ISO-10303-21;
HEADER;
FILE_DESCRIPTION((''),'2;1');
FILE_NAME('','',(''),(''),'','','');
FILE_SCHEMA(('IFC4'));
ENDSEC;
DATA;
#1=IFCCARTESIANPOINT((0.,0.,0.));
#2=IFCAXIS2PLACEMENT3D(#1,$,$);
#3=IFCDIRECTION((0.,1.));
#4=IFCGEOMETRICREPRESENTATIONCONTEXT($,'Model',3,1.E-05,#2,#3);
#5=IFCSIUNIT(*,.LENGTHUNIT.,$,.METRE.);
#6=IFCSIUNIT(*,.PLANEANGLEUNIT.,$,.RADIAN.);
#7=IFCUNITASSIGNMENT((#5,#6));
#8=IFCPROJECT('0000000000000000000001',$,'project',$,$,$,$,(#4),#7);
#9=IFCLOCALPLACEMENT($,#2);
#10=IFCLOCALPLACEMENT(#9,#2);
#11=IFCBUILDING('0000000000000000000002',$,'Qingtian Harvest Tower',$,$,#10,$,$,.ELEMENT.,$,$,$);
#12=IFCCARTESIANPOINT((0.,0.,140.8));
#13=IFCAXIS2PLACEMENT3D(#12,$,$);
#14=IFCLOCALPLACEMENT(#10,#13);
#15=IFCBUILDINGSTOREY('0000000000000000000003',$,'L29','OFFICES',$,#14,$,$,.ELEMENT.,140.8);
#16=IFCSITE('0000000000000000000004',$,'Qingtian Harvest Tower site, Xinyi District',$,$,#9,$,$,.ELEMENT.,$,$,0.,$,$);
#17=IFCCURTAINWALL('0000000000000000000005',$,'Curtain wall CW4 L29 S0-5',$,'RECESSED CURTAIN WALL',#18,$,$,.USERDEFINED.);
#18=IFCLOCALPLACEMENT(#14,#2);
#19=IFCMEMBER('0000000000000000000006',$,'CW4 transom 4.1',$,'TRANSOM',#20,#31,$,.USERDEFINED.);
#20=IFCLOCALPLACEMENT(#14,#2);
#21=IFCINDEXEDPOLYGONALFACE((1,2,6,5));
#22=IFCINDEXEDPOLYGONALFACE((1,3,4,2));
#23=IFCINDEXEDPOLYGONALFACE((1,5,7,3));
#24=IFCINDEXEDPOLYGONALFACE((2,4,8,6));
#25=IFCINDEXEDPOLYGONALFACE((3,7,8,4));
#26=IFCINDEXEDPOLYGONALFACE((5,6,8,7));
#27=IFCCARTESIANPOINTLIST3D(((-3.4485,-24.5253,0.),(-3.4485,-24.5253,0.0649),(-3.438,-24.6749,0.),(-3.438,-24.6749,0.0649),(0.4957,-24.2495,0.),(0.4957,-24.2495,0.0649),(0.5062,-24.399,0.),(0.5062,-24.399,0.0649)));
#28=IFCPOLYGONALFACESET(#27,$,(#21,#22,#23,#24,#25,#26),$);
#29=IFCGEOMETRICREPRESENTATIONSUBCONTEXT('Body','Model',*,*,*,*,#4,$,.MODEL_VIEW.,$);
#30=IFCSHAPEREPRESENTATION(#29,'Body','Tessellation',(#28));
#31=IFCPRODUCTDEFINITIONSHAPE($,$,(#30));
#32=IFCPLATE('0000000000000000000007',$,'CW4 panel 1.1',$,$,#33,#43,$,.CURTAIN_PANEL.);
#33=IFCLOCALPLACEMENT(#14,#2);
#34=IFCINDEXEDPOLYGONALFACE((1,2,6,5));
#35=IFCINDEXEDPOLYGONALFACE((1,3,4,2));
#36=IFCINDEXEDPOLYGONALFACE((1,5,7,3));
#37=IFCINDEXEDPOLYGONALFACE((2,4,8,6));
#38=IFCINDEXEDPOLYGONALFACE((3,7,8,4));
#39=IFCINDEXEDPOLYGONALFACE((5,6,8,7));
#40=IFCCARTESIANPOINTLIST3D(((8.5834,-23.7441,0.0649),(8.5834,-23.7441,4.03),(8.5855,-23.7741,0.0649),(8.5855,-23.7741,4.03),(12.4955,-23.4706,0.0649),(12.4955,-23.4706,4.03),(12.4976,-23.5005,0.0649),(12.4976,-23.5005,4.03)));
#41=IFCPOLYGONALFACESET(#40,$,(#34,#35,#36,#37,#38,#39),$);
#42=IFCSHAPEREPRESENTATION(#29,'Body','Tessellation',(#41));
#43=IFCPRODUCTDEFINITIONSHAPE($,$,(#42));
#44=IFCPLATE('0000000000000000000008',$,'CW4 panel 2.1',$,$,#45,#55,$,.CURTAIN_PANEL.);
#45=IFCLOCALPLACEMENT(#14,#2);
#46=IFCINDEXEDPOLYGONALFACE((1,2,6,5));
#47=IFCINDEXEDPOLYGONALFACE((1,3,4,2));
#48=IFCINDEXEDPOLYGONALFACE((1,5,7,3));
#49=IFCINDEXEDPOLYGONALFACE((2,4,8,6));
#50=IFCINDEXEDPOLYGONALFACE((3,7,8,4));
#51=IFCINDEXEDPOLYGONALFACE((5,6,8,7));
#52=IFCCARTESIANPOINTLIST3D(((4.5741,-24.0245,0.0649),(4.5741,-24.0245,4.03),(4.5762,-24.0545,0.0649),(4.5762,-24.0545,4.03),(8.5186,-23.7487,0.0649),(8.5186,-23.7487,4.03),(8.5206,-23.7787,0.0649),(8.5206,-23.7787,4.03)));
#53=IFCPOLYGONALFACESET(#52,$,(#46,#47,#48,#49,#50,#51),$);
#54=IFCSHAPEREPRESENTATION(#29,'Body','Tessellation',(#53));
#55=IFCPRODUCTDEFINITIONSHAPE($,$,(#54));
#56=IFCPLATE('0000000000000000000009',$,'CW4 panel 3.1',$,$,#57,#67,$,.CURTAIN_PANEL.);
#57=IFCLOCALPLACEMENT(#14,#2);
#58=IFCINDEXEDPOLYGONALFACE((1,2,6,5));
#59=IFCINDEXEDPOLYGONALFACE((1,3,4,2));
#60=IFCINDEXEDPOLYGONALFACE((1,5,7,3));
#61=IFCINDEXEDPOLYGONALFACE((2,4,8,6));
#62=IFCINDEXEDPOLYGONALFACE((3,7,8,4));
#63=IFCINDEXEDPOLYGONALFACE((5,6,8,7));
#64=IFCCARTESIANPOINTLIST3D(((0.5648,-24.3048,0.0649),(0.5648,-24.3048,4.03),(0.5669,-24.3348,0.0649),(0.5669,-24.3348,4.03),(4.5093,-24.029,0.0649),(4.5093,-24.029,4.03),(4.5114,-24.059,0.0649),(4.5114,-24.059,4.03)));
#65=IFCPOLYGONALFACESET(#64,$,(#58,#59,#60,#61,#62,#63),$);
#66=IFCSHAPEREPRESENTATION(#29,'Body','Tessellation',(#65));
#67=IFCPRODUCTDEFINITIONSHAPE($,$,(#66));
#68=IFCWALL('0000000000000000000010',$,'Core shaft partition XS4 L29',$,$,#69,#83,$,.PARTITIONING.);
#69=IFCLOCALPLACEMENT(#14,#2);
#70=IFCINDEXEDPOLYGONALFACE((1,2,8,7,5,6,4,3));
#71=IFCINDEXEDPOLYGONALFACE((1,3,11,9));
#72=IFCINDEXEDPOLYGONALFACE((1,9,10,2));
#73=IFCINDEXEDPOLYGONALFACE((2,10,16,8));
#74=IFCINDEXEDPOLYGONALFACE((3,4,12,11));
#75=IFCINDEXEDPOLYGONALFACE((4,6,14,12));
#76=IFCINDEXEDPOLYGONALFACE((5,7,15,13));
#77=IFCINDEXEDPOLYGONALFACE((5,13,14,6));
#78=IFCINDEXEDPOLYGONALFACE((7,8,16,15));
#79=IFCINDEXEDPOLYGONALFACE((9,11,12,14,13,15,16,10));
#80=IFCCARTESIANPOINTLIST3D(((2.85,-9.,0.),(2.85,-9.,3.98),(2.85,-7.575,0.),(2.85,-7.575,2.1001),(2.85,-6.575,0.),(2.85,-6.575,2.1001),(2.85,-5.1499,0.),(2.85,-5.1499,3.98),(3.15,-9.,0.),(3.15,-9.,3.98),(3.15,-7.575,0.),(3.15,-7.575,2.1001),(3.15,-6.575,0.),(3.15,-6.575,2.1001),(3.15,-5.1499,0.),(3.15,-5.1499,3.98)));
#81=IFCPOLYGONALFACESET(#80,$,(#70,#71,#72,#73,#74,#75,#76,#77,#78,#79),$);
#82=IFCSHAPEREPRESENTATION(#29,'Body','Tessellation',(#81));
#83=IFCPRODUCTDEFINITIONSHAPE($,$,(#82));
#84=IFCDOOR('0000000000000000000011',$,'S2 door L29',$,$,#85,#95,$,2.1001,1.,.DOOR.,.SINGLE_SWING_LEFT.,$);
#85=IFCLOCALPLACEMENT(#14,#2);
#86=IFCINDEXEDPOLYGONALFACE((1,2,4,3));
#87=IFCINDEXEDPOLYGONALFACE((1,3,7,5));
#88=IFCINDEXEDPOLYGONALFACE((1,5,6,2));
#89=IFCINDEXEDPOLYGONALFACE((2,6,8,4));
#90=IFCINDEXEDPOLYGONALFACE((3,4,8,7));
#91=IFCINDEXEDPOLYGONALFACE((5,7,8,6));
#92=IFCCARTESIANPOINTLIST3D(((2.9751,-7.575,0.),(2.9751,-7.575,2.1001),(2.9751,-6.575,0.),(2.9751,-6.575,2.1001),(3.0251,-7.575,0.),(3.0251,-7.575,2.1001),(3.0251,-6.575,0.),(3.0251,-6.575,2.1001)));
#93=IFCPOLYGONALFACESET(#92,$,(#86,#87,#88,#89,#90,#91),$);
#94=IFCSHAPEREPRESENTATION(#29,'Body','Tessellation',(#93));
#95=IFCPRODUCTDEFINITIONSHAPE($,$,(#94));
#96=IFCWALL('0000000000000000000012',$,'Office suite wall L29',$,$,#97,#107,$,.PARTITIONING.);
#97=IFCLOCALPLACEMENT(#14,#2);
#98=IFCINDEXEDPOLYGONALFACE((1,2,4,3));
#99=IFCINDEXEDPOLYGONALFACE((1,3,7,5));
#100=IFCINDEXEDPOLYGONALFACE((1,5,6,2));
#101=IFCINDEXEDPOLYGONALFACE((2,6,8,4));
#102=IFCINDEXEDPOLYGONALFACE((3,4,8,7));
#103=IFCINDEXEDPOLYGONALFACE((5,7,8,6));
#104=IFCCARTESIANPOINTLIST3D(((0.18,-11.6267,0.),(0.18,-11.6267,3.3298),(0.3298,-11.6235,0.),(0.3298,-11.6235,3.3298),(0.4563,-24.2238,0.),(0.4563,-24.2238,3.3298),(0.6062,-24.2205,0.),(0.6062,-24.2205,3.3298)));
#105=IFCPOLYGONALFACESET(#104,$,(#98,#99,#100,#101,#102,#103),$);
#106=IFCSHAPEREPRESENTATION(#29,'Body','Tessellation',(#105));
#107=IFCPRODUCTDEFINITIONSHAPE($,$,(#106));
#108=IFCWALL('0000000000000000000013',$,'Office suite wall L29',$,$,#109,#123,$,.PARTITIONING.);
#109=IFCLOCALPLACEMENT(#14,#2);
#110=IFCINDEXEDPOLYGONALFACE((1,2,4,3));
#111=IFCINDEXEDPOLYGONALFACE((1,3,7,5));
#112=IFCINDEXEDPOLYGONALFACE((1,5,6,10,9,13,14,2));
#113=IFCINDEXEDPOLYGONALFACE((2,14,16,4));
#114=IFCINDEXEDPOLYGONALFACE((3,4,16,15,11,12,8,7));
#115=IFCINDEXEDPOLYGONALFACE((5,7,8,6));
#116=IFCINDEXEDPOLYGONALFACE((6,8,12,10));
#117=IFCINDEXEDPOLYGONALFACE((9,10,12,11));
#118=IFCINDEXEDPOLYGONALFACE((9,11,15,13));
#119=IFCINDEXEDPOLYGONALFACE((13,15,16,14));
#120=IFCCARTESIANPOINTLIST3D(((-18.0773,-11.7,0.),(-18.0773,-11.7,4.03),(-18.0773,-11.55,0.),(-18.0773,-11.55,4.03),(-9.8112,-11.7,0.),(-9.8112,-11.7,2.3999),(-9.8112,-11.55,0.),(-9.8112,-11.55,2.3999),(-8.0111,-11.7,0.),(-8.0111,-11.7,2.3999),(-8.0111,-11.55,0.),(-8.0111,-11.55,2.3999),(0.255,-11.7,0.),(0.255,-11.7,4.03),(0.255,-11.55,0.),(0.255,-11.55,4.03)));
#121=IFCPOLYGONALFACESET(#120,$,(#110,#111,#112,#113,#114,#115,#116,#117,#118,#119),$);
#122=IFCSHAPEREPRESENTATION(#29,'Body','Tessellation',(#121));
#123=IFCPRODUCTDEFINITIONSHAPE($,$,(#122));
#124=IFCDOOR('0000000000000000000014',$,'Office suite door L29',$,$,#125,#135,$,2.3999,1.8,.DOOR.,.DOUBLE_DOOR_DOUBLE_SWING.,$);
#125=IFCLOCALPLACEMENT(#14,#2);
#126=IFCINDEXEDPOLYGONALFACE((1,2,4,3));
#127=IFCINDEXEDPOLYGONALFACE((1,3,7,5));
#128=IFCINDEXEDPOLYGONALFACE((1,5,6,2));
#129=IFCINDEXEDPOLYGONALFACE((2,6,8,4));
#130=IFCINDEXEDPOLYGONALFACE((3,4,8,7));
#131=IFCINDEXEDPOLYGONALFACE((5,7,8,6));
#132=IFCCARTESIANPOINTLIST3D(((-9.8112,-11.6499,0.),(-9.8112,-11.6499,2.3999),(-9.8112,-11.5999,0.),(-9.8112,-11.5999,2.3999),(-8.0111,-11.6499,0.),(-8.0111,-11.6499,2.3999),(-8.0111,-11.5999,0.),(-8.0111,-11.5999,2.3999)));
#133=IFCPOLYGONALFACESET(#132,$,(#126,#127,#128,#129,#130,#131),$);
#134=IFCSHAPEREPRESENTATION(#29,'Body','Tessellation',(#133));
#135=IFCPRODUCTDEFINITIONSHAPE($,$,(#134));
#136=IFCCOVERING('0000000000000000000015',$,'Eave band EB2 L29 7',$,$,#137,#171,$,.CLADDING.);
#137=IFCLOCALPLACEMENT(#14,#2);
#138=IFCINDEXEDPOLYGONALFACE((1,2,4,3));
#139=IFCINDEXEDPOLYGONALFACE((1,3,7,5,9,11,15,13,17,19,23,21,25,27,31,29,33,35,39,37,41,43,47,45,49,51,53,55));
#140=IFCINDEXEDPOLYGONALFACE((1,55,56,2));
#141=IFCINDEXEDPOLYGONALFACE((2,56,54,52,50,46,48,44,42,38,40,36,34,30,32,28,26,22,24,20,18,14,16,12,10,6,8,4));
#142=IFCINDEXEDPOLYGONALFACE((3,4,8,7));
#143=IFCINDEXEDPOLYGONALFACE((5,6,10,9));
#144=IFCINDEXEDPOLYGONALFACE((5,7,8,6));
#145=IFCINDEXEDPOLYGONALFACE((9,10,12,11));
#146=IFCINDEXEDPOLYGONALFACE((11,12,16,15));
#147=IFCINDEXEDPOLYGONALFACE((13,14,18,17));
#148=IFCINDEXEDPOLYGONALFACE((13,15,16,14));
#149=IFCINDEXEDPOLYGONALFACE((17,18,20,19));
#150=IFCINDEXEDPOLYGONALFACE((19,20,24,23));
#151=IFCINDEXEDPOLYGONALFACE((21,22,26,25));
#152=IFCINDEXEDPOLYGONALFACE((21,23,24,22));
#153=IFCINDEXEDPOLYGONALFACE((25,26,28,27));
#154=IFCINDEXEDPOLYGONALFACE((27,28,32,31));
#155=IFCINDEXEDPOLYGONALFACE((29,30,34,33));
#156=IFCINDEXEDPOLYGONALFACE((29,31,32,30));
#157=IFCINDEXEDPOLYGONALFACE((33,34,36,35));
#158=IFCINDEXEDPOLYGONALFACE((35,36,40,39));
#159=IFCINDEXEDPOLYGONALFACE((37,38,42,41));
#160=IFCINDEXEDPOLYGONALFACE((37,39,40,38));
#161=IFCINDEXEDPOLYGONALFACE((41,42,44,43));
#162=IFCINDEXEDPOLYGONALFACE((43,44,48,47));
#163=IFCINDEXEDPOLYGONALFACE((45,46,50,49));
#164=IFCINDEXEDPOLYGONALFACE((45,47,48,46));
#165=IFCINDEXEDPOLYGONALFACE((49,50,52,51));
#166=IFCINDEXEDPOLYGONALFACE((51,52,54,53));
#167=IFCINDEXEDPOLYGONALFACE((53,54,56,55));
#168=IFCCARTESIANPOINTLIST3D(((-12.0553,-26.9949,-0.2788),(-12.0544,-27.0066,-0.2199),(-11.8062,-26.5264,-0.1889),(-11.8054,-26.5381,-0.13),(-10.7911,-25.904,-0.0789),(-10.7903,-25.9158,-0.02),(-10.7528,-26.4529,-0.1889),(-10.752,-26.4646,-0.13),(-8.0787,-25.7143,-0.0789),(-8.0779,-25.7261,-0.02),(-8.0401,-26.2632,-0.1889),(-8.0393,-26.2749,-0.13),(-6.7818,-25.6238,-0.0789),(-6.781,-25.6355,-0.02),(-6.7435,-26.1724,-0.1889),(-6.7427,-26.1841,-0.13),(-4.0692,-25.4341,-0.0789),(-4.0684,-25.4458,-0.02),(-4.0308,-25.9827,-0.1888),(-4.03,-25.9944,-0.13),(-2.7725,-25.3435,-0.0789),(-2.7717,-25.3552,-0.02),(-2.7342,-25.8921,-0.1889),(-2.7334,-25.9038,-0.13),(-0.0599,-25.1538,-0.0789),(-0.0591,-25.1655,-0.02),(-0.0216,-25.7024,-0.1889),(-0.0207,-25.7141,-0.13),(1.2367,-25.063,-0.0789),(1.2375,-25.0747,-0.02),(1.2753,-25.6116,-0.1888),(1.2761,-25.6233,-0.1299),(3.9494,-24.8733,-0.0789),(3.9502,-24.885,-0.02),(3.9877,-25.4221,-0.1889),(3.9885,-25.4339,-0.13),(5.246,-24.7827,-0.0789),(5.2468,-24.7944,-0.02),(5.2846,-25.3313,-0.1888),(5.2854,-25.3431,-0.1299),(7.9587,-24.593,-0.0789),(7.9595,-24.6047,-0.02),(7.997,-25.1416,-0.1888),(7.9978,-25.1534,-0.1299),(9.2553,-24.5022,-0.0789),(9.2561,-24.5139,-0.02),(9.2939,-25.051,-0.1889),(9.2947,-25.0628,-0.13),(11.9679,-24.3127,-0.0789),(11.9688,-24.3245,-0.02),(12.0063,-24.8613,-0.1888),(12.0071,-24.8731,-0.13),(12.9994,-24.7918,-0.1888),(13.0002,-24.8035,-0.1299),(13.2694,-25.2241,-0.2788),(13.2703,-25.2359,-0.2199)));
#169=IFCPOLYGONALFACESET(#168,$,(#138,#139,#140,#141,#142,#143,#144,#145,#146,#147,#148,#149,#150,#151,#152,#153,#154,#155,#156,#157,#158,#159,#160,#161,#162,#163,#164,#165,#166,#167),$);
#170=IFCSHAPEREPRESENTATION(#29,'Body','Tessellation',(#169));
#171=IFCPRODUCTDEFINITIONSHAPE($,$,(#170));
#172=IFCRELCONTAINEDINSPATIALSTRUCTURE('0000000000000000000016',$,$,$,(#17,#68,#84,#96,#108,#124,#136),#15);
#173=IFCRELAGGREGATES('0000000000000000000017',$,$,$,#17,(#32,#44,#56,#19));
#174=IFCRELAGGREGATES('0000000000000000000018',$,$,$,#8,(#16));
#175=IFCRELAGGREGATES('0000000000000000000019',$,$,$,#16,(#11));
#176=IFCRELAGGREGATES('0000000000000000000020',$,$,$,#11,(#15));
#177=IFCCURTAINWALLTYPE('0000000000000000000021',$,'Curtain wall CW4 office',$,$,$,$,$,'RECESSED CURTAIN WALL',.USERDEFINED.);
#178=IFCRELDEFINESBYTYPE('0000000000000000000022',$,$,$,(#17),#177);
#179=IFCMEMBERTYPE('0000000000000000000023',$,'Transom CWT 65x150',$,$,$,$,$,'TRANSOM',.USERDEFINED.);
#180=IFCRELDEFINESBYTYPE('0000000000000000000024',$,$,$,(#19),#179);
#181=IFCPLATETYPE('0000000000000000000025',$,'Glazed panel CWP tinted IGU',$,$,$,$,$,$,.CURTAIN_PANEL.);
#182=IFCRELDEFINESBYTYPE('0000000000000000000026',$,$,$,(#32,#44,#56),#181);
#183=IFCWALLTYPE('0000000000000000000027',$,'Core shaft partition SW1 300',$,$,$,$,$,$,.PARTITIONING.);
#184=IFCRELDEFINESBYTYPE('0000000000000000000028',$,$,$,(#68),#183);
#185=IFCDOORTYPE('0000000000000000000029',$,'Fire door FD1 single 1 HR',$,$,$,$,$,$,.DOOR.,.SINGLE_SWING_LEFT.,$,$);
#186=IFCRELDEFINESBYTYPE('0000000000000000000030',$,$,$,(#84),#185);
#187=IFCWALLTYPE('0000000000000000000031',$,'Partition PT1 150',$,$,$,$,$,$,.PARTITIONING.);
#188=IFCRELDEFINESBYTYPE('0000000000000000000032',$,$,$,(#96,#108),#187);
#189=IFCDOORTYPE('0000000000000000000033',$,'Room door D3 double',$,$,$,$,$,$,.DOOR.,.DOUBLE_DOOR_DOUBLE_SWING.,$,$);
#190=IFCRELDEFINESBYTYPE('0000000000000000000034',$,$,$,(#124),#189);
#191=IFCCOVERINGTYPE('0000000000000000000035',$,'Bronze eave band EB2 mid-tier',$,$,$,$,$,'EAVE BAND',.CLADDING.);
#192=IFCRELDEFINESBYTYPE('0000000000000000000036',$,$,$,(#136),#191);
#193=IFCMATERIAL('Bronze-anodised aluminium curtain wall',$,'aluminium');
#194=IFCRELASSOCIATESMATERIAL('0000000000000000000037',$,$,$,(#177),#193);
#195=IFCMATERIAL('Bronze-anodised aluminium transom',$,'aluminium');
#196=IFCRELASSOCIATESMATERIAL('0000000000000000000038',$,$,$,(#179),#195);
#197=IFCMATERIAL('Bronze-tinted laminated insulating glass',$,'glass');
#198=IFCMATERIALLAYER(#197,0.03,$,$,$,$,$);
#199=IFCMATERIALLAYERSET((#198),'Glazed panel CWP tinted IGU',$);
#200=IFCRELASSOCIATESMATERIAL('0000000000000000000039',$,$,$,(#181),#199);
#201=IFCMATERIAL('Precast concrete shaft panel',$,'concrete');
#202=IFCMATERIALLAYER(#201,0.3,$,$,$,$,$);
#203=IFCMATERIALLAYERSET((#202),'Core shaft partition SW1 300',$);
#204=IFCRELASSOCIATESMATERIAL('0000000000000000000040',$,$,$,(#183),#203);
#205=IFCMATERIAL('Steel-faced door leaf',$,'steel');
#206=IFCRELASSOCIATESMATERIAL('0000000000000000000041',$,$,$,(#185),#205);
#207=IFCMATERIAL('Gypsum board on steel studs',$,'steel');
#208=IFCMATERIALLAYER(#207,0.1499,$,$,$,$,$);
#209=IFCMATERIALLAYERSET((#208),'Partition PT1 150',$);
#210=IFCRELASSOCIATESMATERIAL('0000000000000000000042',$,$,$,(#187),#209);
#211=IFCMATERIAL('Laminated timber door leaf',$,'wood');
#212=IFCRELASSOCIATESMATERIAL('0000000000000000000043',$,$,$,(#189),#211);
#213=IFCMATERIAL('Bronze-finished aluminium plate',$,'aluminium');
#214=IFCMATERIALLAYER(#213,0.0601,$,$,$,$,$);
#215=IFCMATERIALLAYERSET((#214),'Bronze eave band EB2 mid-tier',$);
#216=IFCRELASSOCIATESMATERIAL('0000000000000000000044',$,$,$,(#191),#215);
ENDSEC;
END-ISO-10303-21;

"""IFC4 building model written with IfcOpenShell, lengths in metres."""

from ifc_helpers import new_model, si_unit, direction, frame, frame_2d, origin, origin_2d, place, context, subcontext, project, spatial, polyline, rectangle, outline, extrude, material, layer, layer_set, material_profile, profile_set, type_object, element, fill, aggregate, save


model = new_model("IFC4")

# Units and contexts
model_context = context("Model", 3, precision=1e-05, world=origin(), true_north=direction((0.0, 1.0)))
body_context = subcontext(model_context, "Body", "Model", "MODEL_VIEW")
ifc_project = project(units=[si_unit("LENGTHUNIT", "METRE"), si_unit("PLANEANGLEUNIT", "RADIAN")], contexts=[model_context])

# Site, building, storey
site_placement = place(None, origin())
site = spatial("IfcSite", under=ifc_project, at=site_placement, Name="Qingtian Harvest Tower site, Xinyi District", CompositionType="ELEMENT", RefElevation=0.0)
building_placement = place(site_placement, origin())
building = spatial("IfcBuilding", under=site, at=building_placement, Name="Qingtian Harvest Tower", CompositionType="ELEMENT")
storey_placement = place(building_placement, frame((0.0, 0.0, 140.8)))
storey = spatial("IfcBuildingStorey", under=building, at=storey_placement, Name="L29", Description="OFFICES", CompositionType="ELEMENT", Elevation=140.8)

# Shared definitions
ifc_material_1 = material(Name="Bronze-anodised aluminium curtain wall", Category="aluminium")
curtain_wall_type = type_object("IfcCurtainWallType", Name="Curtain wall CW4 office", ElementType="RECESSED CURTAIN WALL", PredefinedType="USERDEFINED", material=ifc_material_1)

# Curtain wall
curtain_wall_1_placement = place(storey_placement, origin())
curtain_wall_1 = element("IfcCurtainWall", 1, at=curtain_wall_1_placement, inside=storey, type_object=curtain_wall_type, Name="Curtain wall CW4 L29 S0-5", ObjectType="RECESSED CURTAIN WALL", PredefinedType="USERDEFINED")

# Member
ifc_material_2 = material(Name="Bronze-anodised aluminium transom", Category="aluminium")
ifc_material_profile_1 = material_profile(ifc_material_2, rectangle(XDim=0.1499, YDim=0.0649, at=origin_2d()), Name="AL 65x150")
ifc_profile_set_1 = profile_set([ifc_material_profile_1], Name="Bronze-anodised aluminium transom")
member_type_1 = type_object("IfcMemberType", Name="Transom CWT 65x150", ElementType="TRANSOM", PredefinedType="USERDEFINED", material=ifc_profile_set_1)
member_1_placement = place(storey_placement, frame((0.501, -24.3242, 0.0325), z_axis=(-0.997563, -0.069773, 0.0), x_axis=(0.069773, -0.997563, 0.0)))
member_1 = element("IfcMember", 2, at=member_1_placement, type_object=member_type_1, Name="CW4 transom 4.1", ObjectType="TRANSOM", PredefinedType="USERDEFINED", context=body_context, shape_type="SweptSolid", body=[
    extrude(rectangle(XDim=0.1499, YDim=0.0649, at=origin_2d()), origin(), (0.0, 0.0, 1.0), 3.9539),
])

# Plates
ifc_material_3 = material(Name="Bronze-tinted laminated insulating glass", Category="glass")
ifc_layer_1 = layer(ifc_material_3, 0.03)
ifc_layer_set_1 = layer_set([ifc_layer_1], Name="Glazed panel CWP tinted IGU")
plate_type = type_object("IfcPlateType", Name="Glazed panel CWP tinted IGU", PredefinedType="CURTAIN_PANEL", material=ifc_layer_set_1)
plate_1_placement = place(storey_placement, frame((10.5405, -23.6223, 0.0649), z_axis=(0.0, 0.0, 1.0), x_axis=(-0.997564, -0.069756, 0.0)))
plate_1 = element("IfcPlate", 3, at=plate_1_placement, type_object=plate_type, Name="CW4 panel 1.1", PredefinedType="CURTAIN_PANEL", context=body_context, shape_type="SweptSolid", body=[
    extrude(rectangle(XDim=3.9216, YDim=0.03, at=origin_2d()), origin(), (0.0, 0.0, 1.0), 3.9651),
])
plate_2_placement = place(storey_placement, frame((6.5474, -23.9016, 0.0649), z_axis=(0.0, 0.0, 1.0), x_axis=(-0.997564, -0.069756, 0.0)))
plate_2 = element("IfcPlate", 4, at=plate_2_placement, type_object=plate_type, Name="CW4 panel 2.1", PredefinedType="CURTAIN_PANEL", context=body_context, shape_type="SweptSolid", body=[
    extrude(rectangle(XDim=3.9541, YDim=0.03, at=origin_2d()), origin(), (0.0, 0.0, 1.0), 3.9651),
])
plate_3_placement = place(storey_placement, frame((2.5381, -24.1819, 0.0649), z_axis=(0.0, 0.0, 1.0), x_axis=(-0.997564, -0.069756, 0.0)))
plate_3 = element("IfcPlate", 5, at=plate_3_placement, type_object=plate_type, Name="CW4 panel 3.1", PredefinedType="CURTAIN_PANEL", context=body_context, shape_type="SweptSolid", body=[
    extrude(rectangle(XDim=3.9541, YDim=0.03, at=origin_2d()), origin(), (0.0, 0.0, 1.0), 3.9651),
])
aggregate(curtain_wall_1, [plate_1, plate_2, plate_3, member_1])

# Wall, opening, door
ifc_material_4 = material(Name="Precast concrete shaft panel", Category="concrete")
ifc_layer_2 = layer(ifc_material_4, 0.3)
ifc_layer_set_2 = layer_set([ifc_layer_2], Name="Core shaft partition SW1 300")
wall_type_1 = type_object("IfcWallType", Name="Core shaft partition SW1 300", PredefinedType="PARTITIONING", material=ifc_layer_set_2)
wall_1_placement = place(storey_placement, frame((3.0, -9.0, 0.0), z_axis=(0.0, 0.0, 1.0), x_axis=(0.0, 1.0, 0.0)))
wall_1 = element("IfcWall", 6, at=wall_1_placement, inside=storey, type_object=wall_type_1, Name="Core shaft partition XS4 L29", PredefinedType="PARTITIONING", context=body_context, shape_type="SweptSolid", body=[
    extrude(rectangle(XDim=3.8501, YDim=0.3, at=frame_2d((1.925, 0.0))), origin(), (0.0, 0.0, 1.0), 3.98),
])
opening_1_placement = place(wall_1_placement, frame((1.425, 0.0, 0.0)))
opening_1 = element("IfcOpeningElement", 7, at=opening_1_placement, cuts=wall_1, PredefinedType="OPENING", context=body_context, shape_type="SweptSolid", body=[
    extrude(rectangle(XDim=1.0, YDim=2.1001, at=frame_2d((0.5, 1.05))), frame((0.0, 0.1599, 0.0), z_axis=(0.0, -1.0, 0.0), x_axis=(1.0, 0.0, 0.0)), (0.0, 0.0, 1.0), 0.3201),
])
ifc_material_5 = material(Name="Steel-faced door leaf", Category="steel")
door_type_1 = type_object("IfcDoorType", Name="Fire door FD1 single 1 HR", OperationType="SINGLE_SWING_LEFT", PredefinedType="DOOR", material=ifc_material_5)
door_1_placement = place(opening_1_placement, origin())
door_1 = element("IfcDoor", 8, at=door_1_placement, inside=storey, type_object=door_type_1, Name="S2 door L29", OperationType="SINGLE_SWING_LEFT", OverallHeight=2.1001, OverallWidth=1.0, PredefinedType="DOOR", context=body_context, shape_type="SweptSolid", body=[
    extrude(rectangle(XDim=1.0, YDim=2.1001, at=frame_2d((0.5, 1.05))), frame((0.0, 0.0249, 0.0), z_axis=(0.0, -1.0, 0.0), x_axis=(1.0, 0.0, 0.0)), (0.0, 0.0, 1.0), 0.05),
])
fill(opening_1, door_1)

# Wall
ifc_material_6 = material(Name="Gypsum board on steel studs", Category="steel")
ifc_layer_3 = layer(ifc_material_6, 0.1499)
ifc_layer_set_3 = layer_set([ifc_layer_3], Name="Partition PT1 150")
wall_type_2 = type_object("IfcWallType", Name="Partition PT1 150", PredefinedType="PARTITIONING", material=ifc_layer_set_3)
wall_2_placement = place(storey_placement, frame((0.5312, -24.2222, 0.0), z_axis=(0.0, 0.0, 1.0), x_axis=(-0.021934, 0.999759, 0.0)))
element("IfcWall", 9, at=wall_2_placement, inside=storey, type_object=wall_type_2, Name="Office suite wall L29", PredefinedType="PARTITIONING", context=body_context, shape_type="SweptSolid", body=[
    extrude(rectangle(XDim=12.6001, YDim=0.1499, at=frame_2d((6.3, 0.0))), origin(), (0.0, 0.0, 1.0), 3.3298),
])

# Wall, opening, door
wall_3_placement = place(storey_placement, frame((0.2549, -11.625, 0.0), z_axis=(0.0, 0.0, 1.0), x_axis=(-1.0, 0.0, 0.0)))
wall_3 = element("IfcWall", 10, at=wall_3_placement, inside=storey, type_object=wall_type_2, Name="Office suite wall L29", PredefinedType="PARTITIONING", context=body_context, shape_type="SweptSolid", body=[
    extrude(rectangle(XDim=18.3323, YDim=0.1499, at=frame_2d((9.166, 0.0))), origin(), (0.0, 0.0, 1.0), 4.03),
])
opening_2_placement = place(wall_3_placement, frame((8.2661, 0.0, 0.0)))
opening_2 = element("IfcOpeningElement", 11, at=opening_2_placement, cuts=wall_3, PredefinedType="OPENING", context=body_context, shape_type="SweptSolid", body=[
    extrude(rectangle(XDim=1.8, YDim=2.3999, at=frame_2d((0.8999, 1.2))), frame((0.0, 0.085, 0.0), z_axis=(0.0, -1.0, 0.0), x_axis=(1.0, 0.0, 0.0)), (0.0, 0.0, 1.0), 0.1699),
])
ifc_material_7 = material(Name="Laminated timber door leaf", Category="wood")
door_type_2 = type_object("IfcDoorType", Name="Room door D3 double", OperationType="DOUBLE_DOOR_DOUBLE_SWING", PredefinedType="DOOR", material=ifc_material_7)
door_2_placement = place(opening_2_placement, origin())
door_2 = element("IfcDoor", 12, at=door_2_placement, inside=storey, type_object=door_type_2, Name="Office suite door L29", OperationType="DOUBLE_DOOR_DOUBLE_SWING", OverallHeight=2.3999, OverallWidth=1.8, PredefinedType="DOOR", context=body_context, shape_type="SweptSolid", body=[
    extrude(rectangle(XDim=1.8, YDim=2.3999, at=frame_2d((0.8999, 1.2))), frame((0.0, 0.0249, 0.0), z_axis=(0.0, -1.0, 0.0), x_axis=(1.0, 0.0, 0.0)), (0.0, 0.0, 1.0), 0.05),
])
fill(opening_2, door_2)

# Covering
ifc_material_8 = material(Name="Bronze-finished aluminium plate", Category="aluminium")
ifc_layer_4 = layer(ifc_material_8, 0.0601)
ifc_layer_set_4 = layer_set([ifc_layer_4], Name="Bronze eave band EB2 mid-tier")
covering_type = type_object("IfcCoveringType", Name="Bronze eave band EB2 mid-tier", ElementType="EAVE BAND", PredefinedType="CLADDING", material=ifc_layer_set_4)
covering_placement = place(storey_placement, frame((11.9688, -24.3245, -0.02), z_axis=(0.013673, -0.195541, 0.9806), x_axis=(0.068349, -0.978215, -0.196018)))
element("IfcCovering", 13, at=covering_placement, inside=storey, type_object=covering_type, Name="Eave band EB2 L29 7", PredefinedType="CLADDING", context=body_context, shape_type="SweptSolid", body=[
    extrude(outline(polyline([(0.0, 0.0), (0.5608, 0.0), (0.5607, 0.9956), (1.0197, 1.2348), (1.0209, -24.1517), (0.562, -23.8706), (0.5622, -22.8146), (0.0011, -22.8146), (0.0009, -20.0956), (0.562, -20.0953), (0.5618, -18.7955), (0.001, -18.7955), (0.0008, -16.0763), (0.5616, -16.0763), (0.5616, -14.7765), (0.0008, -14.7765), (0.0007, -12.0572), (0.5615, -12.0572), (0.5613, -10.7572), (0.0004, -10.7574), (0.0003, -8.0381), (0.5614, -8.0381), (0.5611, -6.7381), (0.0003, -6.7383), (0.0001, -4.0191), (0.561, -4.0191), (0.561, -2.719), (-0.0001, -2.7193), (0.0, 0.0)])), origin(), (0.0, 0.0, -1.0), 0.0601),
])

save(model, "model.ifc")
